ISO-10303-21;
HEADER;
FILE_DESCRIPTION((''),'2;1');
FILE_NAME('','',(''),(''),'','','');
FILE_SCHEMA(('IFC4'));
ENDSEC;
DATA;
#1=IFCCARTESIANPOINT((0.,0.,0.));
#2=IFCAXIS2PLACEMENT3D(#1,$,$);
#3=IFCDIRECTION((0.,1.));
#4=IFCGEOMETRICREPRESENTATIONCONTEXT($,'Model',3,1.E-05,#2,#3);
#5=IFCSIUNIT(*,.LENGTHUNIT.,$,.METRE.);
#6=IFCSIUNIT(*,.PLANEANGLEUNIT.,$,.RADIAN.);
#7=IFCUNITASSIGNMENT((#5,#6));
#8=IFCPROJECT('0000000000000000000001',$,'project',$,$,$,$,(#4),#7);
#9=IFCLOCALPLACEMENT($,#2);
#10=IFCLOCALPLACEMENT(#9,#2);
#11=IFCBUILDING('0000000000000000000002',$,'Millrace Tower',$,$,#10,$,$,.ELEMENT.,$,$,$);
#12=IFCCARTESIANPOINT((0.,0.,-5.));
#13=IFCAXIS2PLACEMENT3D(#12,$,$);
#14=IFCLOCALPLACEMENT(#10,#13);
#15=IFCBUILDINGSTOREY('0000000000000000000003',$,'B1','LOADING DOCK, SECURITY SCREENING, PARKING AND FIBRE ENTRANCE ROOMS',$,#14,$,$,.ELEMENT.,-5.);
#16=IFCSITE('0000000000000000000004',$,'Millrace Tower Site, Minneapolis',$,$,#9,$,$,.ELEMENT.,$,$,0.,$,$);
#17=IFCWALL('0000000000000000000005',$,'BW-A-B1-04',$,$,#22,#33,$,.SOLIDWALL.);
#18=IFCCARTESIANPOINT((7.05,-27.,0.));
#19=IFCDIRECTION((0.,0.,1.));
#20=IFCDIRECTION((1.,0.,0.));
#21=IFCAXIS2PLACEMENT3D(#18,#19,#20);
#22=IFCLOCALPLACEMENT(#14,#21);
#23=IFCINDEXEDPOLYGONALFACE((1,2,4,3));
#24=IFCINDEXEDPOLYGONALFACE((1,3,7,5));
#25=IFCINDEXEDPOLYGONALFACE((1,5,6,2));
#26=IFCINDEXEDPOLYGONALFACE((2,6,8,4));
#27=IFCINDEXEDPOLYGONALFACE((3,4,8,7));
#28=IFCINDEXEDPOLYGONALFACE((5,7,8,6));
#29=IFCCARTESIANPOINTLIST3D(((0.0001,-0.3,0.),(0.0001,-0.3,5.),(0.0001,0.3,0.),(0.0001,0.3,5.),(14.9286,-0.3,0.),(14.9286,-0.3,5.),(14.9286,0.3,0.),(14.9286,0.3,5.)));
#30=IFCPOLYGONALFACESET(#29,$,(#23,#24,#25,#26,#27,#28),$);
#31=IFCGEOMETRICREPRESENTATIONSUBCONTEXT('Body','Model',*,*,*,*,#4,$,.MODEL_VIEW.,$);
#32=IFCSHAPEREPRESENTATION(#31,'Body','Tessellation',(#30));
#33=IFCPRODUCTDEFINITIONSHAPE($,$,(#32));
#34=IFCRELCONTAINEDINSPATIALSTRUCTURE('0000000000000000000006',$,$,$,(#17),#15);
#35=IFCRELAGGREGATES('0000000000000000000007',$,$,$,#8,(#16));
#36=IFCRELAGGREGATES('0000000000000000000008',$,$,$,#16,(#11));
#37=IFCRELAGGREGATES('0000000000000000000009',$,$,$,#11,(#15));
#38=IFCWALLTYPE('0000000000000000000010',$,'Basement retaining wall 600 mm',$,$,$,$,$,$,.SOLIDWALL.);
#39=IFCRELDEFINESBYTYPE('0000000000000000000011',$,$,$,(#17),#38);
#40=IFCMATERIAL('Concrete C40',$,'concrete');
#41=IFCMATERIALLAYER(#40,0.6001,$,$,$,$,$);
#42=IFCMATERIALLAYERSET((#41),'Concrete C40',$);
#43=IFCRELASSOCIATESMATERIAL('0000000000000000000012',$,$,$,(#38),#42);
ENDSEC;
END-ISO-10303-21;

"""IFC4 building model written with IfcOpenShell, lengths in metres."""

from ifc_helpers import new_model, si_unit, direction, frame, frame_2d, origin, place, context, subcontext, project, spatial, rectangle, extrude, material, layer, layer_set, type_object, element, save


model = new_model("IFC4")

# Units and contexts
model_context = context("Model", 3, precision=1e-05, world=origin(), true_north=direction((0.0, 1.0)))
body_context = subcontext(model_context, "Body", "Model", "MODEL_VIEW")
ifc_project = project(units=[si_unit("LENGTHUNIT", "METRE"), si_unit("PLANEANGLEUNIT", "RADIAN")], contexts=[model_context])

# Site, building, storey
site_placement = place(None, origin())
site = spatial("IfcSite", under=ifc_project, at=site_placement, Name="Millrace Tower Site, Minneapolis", CompositionType="ELEMENT", RefElevation=0.0)
building_placement = place(site_placement, origin())
building = spatial("IfcBuilding", under=site, at=building_placement, Name="Millrace Tower", CompositionType="ELEMENT")
storey_placement = place(building_placement, frame((0.0, 0.0, -5.0)))
storey = spatial("IfcBuildingStorey", under=building, at=storey_placement, Name="B1", Description="LOADING DOCK, SECURITY SCREENING, PARKING AND FIBRE ENTRANCE ROOMS", CompositionType="ELEMENT", Elevation=-5.0)

# Shared definitions
placement_1 = place(storey_placement, frame((7.05, -27.0, 0.0), z_axis=(0.0, 0.0, 1.0), x_axis=(1.0, 0.0, 0.0)))

# Wall
ifc_material_1 = material(Name="Concrete C40", Category="concrete")
ifc_layer_1 = layer(ifc_material_1, 0.6001)
ifc_layer_set_1 = layer_set([ifc_layer_1], Name="Concrete C40")
wall_type_1 = type_object("IfcWallType", Name="Basement retaining wall 600 mm", PredefinedType="SOLIDWALL", material=ifc_layer_set_1)
element("IfcWall", 1, at=placement_1, inside=storey, type_object=wall_type_1, Name="BW-A-B1-04", PredefinedType="SOLIDWALL", context=body_context, shape_type="SweptSolid", body=[
    extrude(rectangle(XDim=14.9285, YDim=0.6001, at=frame_2d((7.4644, 0.0))), origin(), (0.0, 0.0, 1.0), 5.0),
])

save(model, "model.ifc")
